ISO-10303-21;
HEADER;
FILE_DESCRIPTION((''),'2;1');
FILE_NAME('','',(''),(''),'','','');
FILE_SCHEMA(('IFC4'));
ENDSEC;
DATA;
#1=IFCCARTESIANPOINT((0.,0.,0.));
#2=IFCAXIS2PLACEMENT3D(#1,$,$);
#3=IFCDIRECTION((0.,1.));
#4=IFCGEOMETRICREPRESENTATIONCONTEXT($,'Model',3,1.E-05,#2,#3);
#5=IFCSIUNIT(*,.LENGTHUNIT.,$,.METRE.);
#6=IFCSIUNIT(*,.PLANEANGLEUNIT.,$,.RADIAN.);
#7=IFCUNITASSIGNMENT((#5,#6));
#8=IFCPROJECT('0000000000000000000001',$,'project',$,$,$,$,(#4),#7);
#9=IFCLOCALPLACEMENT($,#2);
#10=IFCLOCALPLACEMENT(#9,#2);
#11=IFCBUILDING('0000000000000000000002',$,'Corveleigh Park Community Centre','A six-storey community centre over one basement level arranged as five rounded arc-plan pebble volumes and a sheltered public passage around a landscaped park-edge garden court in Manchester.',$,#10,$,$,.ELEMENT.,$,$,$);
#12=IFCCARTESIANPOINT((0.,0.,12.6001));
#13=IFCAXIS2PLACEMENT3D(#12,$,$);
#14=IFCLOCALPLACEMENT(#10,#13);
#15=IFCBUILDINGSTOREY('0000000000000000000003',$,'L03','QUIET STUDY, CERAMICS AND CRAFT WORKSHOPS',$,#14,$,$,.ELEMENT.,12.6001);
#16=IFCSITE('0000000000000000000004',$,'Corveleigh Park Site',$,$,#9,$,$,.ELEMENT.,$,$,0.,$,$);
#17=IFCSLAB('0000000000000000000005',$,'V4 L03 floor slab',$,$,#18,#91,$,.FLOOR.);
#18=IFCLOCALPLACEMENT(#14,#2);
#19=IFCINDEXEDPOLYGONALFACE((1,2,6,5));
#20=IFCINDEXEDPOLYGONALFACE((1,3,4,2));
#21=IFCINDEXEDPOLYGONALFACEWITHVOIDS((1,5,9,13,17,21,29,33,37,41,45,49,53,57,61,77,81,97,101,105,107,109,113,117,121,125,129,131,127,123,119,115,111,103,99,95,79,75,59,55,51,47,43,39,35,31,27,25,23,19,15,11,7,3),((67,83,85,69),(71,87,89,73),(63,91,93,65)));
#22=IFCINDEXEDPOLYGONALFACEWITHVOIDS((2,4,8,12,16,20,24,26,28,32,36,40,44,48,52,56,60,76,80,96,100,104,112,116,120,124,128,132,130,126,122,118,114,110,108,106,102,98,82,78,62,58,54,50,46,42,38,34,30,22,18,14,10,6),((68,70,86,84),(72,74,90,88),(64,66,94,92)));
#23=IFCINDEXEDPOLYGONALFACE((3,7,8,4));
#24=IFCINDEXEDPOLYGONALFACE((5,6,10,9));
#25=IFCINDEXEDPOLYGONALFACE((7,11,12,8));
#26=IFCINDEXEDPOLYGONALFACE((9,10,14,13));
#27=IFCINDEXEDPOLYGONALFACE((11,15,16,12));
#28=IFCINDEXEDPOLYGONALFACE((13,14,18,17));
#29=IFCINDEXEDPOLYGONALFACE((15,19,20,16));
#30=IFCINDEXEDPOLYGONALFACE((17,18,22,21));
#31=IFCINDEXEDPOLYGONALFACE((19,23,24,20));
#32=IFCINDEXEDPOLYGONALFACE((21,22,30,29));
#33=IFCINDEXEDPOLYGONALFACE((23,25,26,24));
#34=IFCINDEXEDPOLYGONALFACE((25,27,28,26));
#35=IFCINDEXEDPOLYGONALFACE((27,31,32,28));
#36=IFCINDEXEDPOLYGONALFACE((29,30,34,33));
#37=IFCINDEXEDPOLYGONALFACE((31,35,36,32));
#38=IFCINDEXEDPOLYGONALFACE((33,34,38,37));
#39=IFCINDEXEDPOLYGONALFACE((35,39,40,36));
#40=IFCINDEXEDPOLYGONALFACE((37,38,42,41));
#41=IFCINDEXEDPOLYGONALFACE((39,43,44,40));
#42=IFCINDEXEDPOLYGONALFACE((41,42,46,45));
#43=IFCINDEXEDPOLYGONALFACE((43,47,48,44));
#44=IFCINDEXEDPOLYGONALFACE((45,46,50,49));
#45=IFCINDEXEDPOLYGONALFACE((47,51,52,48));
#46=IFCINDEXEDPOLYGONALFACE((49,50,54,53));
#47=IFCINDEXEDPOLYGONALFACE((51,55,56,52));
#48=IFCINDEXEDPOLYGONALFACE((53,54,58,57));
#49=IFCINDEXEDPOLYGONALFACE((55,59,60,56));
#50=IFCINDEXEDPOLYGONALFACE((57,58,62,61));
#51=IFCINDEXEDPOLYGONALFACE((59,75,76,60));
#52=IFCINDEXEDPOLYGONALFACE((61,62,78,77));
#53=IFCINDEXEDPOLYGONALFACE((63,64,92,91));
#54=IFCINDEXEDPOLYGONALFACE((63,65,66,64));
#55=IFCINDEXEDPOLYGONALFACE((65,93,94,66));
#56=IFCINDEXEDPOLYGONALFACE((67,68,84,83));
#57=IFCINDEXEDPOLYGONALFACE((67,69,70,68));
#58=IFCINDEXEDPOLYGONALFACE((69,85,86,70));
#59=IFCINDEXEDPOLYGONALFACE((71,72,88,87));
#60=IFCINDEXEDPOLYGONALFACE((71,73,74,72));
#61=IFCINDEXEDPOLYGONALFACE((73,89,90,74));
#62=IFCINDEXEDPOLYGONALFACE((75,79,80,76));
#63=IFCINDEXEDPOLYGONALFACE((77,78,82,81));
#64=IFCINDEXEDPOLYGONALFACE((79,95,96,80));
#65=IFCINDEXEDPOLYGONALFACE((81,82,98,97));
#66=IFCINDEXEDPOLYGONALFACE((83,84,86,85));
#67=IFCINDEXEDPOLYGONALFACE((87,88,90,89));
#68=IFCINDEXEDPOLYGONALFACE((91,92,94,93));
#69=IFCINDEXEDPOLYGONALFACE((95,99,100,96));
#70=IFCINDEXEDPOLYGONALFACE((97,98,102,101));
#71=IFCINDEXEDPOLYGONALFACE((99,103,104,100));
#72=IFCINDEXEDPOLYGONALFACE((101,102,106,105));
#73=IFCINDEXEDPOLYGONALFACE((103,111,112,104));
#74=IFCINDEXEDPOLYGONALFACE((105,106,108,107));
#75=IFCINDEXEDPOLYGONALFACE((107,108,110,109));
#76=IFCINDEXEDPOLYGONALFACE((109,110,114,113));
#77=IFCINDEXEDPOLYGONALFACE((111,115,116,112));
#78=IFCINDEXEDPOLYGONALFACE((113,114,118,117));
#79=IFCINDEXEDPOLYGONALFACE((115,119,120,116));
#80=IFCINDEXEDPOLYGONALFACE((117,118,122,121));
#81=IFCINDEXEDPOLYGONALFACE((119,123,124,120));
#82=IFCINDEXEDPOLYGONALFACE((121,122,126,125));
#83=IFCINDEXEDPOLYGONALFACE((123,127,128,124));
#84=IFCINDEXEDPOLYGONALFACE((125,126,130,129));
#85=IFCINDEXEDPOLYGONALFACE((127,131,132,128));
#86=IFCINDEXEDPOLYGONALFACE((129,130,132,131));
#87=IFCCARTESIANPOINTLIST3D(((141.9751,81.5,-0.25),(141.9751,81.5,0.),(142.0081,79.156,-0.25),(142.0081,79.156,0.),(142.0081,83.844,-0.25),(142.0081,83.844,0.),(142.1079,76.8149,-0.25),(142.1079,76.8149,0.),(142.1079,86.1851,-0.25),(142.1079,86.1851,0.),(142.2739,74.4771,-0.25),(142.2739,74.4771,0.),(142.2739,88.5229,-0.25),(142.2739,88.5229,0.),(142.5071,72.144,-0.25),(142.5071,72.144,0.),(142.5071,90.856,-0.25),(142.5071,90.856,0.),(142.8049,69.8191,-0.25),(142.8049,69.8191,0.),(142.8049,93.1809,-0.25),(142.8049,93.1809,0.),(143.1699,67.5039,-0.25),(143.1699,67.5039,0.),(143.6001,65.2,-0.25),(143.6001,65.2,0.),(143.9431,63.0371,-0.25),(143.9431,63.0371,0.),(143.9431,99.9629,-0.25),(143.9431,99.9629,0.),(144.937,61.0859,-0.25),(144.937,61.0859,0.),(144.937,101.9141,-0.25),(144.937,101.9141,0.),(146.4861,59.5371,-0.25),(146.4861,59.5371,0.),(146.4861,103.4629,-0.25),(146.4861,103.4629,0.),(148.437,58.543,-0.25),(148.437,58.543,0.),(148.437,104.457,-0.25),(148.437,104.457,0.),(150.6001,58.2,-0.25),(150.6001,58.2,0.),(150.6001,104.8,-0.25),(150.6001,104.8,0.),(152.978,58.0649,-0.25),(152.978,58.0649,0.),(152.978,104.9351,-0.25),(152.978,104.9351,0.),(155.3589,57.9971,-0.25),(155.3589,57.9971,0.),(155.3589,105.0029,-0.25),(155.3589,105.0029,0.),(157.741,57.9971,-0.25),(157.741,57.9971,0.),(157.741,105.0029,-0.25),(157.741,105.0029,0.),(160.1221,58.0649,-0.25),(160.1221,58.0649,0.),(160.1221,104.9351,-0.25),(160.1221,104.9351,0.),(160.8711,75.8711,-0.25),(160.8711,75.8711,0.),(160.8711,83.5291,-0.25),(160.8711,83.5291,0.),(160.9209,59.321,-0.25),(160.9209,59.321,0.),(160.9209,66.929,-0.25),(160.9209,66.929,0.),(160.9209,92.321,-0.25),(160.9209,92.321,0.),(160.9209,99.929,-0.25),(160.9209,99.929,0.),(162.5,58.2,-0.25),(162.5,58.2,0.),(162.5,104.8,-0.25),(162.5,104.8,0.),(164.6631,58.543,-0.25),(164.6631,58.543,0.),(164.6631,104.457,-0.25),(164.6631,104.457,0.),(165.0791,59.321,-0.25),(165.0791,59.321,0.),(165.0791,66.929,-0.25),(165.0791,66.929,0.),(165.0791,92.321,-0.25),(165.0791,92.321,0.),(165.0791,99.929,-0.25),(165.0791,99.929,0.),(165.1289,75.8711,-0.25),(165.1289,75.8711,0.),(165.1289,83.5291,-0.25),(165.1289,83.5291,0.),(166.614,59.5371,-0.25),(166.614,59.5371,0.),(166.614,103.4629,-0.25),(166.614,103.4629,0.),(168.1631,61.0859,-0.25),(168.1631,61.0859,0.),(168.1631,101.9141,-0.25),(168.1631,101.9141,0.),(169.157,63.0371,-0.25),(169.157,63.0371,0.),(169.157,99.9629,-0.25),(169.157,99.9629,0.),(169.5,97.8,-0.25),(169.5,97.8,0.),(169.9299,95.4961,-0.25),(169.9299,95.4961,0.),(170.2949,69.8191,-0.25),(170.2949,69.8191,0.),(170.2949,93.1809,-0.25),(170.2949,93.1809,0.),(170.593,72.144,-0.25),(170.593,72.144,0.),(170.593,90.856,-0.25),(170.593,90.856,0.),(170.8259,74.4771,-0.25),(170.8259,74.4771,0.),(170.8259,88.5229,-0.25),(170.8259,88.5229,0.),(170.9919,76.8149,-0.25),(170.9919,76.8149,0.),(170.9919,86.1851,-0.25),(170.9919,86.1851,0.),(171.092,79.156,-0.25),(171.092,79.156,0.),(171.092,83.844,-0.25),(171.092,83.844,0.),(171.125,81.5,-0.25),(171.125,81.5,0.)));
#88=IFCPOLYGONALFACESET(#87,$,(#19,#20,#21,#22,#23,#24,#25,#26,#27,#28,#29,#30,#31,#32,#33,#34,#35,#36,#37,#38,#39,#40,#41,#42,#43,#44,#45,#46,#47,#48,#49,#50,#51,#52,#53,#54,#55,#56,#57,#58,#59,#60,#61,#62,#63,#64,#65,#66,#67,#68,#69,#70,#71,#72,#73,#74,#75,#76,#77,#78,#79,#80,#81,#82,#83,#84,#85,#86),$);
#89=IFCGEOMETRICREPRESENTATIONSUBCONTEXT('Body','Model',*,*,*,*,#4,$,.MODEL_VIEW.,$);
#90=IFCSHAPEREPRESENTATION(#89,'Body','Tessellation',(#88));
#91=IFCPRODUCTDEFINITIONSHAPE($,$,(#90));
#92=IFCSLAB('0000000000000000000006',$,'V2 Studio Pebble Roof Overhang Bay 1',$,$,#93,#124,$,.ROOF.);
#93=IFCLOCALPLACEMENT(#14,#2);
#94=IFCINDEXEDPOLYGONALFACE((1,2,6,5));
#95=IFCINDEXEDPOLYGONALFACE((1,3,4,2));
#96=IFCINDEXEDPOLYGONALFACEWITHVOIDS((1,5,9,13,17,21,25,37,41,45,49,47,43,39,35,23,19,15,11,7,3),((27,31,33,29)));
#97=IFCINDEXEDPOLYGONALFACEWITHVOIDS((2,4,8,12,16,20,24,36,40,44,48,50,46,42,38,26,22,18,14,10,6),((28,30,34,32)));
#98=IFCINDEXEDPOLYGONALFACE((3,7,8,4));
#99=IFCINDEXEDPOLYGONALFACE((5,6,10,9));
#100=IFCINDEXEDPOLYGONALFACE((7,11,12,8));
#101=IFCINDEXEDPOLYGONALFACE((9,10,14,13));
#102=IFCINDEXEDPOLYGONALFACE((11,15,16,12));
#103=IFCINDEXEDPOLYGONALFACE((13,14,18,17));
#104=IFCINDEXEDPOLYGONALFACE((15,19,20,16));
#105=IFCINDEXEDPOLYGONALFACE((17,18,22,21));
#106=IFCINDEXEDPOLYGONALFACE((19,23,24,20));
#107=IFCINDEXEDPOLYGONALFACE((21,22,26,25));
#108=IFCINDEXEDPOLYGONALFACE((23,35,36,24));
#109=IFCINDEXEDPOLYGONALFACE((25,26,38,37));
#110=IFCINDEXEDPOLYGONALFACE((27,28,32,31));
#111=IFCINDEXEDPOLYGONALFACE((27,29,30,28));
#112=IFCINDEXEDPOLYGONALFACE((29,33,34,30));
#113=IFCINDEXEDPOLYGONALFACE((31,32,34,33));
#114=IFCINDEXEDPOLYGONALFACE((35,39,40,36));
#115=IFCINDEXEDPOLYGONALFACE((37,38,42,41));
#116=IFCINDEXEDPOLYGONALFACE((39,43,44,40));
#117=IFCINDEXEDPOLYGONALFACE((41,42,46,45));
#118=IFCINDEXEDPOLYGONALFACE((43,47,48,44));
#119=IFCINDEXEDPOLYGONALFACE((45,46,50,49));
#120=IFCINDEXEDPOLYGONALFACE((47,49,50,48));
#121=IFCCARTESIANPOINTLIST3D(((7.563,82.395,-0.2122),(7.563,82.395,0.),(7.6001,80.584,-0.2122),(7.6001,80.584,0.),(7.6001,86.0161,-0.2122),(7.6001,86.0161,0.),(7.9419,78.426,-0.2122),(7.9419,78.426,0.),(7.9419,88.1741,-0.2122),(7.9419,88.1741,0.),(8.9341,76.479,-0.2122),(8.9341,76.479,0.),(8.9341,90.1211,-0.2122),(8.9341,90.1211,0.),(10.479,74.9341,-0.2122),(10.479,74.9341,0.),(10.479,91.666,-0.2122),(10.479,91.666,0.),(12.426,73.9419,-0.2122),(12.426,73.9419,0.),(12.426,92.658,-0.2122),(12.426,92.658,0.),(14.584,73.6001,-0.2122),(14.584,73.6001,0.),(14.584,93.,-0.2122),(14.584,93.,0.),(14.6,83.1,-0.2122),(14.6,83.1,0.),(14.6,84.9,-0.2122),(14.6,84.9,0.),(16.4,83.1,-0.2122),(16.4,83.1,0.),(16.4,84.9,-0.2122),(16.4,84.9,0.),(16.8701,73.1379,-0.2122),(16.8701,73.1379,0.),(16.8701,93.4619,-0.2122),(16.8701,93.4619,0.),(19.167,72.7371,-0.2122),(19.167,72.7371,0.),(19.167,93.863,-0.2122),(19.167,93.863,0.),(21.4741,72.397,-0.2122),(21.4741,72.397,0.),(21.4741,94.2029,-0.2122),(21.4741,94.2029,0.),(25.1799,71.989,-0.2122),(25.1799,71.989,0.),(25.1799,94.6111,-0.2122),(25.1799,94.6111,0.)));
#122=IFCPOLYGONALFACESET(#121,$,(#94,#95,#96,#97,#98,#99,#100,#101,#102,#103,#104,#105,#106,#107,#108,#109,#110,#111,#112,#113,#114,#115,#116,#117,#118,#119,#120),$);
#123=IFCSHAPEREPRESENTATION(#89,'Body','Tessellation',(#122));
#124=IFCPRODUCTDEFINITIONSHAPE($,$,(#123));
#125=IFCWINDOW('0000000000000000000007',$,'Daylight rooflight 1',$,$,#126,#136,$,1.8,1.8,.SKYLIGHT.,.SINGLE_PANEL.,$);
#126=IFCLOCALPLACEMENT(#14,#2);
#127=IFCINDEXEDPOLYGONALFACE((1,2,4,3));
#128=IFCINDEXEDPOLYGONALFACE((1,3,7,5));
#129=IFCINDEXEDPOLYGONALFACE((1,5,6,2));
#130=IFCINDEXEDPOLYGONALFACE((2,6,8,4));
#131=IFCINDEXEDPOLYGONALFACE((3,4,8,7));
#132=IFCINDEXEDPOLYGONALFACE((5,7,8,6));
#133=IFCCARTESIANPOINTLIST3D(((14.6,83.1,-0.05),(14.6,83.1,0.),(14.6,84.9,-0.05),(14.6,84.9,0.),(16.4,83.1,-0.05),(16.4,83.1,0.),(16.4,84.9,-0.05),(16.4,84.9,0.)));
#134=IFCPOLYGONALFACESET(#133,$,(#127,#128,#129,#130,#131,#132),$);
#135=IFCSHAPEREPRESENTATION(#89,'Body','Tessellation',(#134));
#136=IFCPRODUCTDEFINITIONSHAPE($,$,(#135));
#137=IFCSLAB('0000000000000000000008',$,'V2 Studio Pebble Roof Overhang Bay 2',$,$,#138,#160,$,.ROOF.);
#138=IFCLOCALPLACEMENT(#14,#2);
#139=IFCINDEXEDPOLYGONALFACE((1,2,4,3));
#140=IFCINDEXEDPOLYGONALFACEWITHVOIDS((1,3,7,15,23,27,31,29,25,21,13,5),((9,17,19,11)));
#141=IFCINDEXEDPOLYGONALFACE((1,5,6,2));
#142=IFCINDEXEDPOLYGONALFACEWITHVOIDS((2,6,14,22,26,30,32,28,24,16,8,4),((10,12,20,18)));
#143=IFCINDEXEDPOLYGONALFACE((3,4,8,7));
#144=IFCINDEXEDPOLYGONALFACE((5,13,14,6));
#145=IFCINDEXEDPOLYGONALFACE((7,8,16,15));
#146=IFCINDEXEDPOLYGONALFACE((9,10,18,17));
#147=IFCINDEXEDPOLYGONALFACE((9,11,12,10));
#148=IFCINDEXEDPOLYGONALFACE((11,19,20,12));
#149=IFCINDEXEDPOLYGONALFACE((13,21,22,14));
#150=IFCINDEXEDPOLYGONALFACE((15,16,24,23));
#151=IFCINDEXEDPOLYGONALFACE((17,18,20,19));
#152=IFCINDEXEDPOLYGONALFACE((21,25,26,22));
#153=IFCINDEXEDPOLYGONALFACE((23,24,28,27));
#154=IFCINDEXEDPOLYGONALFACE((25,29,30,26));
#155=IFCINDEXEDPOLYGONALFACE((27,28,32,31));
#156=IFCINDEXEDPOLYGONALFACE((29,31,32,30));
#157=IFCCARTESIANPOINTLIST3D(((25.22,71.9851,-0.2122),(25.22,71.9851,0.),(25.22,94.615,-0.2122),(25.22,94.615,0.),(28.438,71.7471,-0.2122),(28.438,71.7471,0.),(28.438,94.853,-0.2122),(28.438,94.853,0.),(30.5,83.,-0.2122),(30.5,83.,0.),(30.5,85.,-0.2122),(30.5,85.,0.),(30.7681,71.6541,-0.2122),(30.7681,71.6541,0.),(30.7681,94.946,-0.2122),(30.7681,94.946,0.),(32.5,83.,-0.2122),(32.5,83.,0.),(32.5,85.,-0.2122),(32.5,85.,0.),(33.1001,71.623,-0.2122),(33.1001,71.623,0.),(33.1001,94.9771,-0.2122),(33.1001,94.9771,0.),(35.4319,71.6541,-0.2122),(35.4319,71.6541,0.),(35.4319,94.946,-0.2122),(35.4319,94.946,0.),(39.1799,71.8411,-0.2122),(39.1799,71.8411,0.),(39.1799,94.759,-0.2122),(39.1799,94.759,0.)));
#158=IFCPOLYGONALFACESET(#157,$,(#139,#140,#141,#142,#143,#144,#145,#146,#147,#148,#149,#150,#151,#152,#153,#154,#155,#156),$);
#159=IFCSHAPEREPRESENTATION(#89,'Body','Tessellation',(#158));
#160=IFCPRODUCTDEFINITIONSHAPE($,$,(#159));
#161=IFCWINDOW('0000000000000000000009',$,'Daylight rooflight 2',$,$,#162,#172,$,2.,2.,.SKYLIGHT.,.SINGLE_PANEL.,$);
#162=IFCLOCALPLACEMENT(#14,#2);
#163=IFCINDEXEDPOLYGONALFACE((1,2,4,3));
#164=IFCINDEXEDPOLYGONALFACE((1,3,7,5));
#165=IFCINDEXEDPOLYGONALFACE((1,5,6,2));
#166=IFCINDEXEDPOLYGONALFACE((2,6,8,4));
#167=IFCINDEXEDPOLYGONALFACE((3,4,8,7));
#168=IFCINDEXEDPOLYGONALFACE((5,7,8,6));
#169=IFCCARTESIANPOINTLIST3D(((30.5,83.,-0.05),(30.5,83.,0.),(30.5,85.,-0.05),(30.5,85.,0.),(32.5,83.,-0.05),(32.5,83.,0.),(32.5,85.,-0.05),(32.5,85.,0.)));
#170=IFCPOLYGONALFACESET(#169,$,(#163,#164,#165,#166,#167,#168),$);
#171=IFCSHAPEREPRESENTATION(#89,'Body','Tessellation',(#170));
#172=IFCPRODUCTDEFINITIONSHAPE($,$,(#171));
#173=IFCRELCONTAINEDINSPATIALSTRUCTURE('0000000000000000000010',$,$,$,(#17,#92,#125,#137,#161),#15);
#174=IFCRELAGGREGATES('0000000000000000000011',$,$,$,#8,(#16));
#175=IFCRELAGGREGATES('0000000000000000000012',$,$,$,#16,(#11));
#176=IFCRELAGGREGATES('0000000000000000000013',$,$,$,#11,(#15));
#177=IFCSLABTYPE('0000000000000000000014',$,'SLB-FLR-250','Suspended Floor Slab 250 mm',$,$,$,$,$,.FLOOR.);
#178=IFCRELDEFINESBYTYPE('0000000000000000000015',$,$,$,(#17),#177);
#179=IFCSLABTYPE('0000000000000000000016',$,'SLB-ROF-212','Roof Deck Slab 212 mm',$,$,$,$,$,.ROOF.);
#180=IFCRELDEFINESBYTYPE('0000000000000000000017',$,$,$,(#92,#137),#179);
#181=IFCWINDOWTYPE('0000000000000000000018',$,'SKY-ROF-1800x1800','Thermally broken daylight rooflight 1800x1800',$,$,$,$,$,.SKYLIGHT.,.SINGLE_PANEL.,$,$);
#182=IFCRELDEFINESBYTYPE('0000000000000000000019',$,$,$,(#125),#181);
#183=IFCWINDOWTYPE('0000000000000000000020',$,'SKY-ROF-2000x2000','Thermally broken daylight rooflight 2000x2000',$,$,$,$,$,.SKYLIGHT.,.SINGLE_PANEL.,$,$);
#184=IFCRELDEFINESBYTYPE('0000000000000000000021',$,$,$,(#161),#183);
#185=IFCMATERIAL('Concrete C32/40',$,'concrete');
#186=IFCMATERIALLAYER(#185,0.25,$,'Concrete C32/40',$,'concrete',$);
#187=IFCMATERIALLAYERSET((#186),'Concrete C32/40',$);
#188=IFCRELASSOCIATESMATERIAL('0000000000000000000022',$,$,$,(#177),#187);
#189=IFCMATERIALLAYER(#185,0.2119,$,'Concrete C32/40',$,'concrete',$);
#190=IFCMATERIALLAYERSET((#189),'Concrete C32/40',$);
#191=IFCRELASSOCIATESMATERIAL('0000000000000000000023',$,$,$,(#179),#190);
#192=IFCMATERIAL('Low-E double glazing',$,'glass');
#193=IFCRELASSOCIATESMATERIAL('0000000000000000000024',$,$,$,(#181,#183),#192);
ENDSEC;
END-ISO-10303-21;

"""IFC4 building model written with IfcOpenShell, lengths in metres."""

from ifc_helpers import new_model, si_unit, direction, frame, origin, origin_2d, place, context, subcontext, project, spatial, polyline, rectangle, outline, extrude, material, layer, layer_set, type_object, element, fill, save


model = new_model("IFC4")

# Units and contexts
model_context = context("Model", 3, precision=1e-05, world=origin(), true_north=direction((0.0, 1.0)))
body_context = subcontext(model_context, "Body", "Model", "MODEL_VIEW")
ifc_project = project(units=[si_unit("LENGTHUNIT", "METRE"), si_unit("PLANEANGLEUNIT", "RADIAN")], contexts=[model_context])

# Site, building, storey
site_placement = place(None, origin())
site = spatial("IfcSite", under=ifc_project, at=site_placement, Name="Corveleigh Park Site", CompositionType="ELEMENT", RefElevation=0.0)
building_placement = place(site_placement, origin())
building = spatial("IfcBuilding", under=site, at=building_placement, Name="Corveleigh Park Community Centre", Description="A six-storey community centre over one basement level arranged as five rounded arc-plan pebble volumes and a sheltered public passage around a landscaped park-edge garden court in Manchester.", CompositionType="ELEMENT")
storey_placement = place(building_placement, frame((0.0, 0.0, 12.6001)))
storey = spatial("IfcBuildingStorey", under=building, at=storey_placement, Name="L03", Description="QUIET STUDY, CERAMICS AND CRAFT WORKSHOPS", CompositionType="ELEMENT", Elevation=12.6001)

# Slab
ifc_material_1 = material(Name="Concrete C32/40", Category="concrete")
ifc_layer_1 = layer(ifc_material_1, 0.25, Name="Concrete C32/40", Category="concrete")
ifc_layer_set_1 = layer_set([ifc_layer_1], Name="Concrete C32/40")
slab_type_1 = type_object("IfcSlabType", Name="SLB-FLR-250", Description="Suspended Floor Slab 250 mm", PredefinedType="FLOOR", material=ifc_layer_set_1)
slab_1_placement = place(storey_placement, frame((0.0, 0.0, -0.25)))
element("IfcSlab", 1, at=slab_1_placement, inside=storey, type_object=slab_type_1, Name="V4 L03 floor slab", PredefinedType="FLOOR", context=body_context, shape_type="SweptSolid", body=[
    extrude(outline(polyline([(148.437, 58.543), (146.4861, 59.5371), (144.937, 61.0859), (143.9431, 63.0371), (143.6001, 65.2), (143.1699, 67.5039), (142.8049, 69.8191), (142.5071, 72.144), (142.2739, 74.4771), (142.1079, 76.8149), (142.0081, 79.156), (141.9751, 81.5), (142.0081, 83.844), (142.1079, 86.1851), (142.2739, 88.5229), (142.5071, 90.856), (142.8049, 93.1809), (143.9431, 99.9629), (144.937, 101.9141), (146.4861, 103.4629), (148.437, 104.457), (150.6001, 104.8), (152.978, 104.9351), (155.3589, 105.0029), (157.741, 105.0029), (160.1221, 104.9351), (162.5, 104.8), (164.6631, 104.457), (166.614, 103.4629), (168.1631, 101.9141), (169.157, 99.9629), (169.5, 97.8), (169.9299, 95.4961), (170.2949, 93.1809), (170.593, 90.856), (170.8259, 88.5229), (170.9919, 86.1851), (171.092, 83.844), (171.125, 81.5), (171.092, 79.156), (170.9919, 76.8149), (170.8259, 74.4771), (170.593, 72.144), (170.2949, 69.8191), (169.157, 63.0371), (168.1631, 61.0859), (166.614, 59.5371), (164.6631, 58.543), (162.5, 58.2), (160.1221, 58.0649), (157.741, 57.9971), (155.3589, 57.9971), (152.978, 58.0649), (150.6001, 58.2), (148.437, 58.543)]), holes=[polyline([(160.9209, 59.321), (165.0791, 59.321), (165.0791, 66.929), (160.9209, 66.929), (160.9209, 59.321)]), polyline([(160.8711, 83.5291), (160.8711, 75.8711), (165.1289, 75.8711), (165.1289, 83.5291), (160.8711, 83.5291)]), polyline([(160.9209, 99.929), (160.9209, 92.321), (165.0791, 92.321), (165.0791, 99.929), (160.9209, 99.929)])]), origin(), (0.0, 0.0, 1.0), 0.25),
])

# Slabs, openings, windows
ifc_layer_2 = layer(ifc_material_1, 0.2119, Name="Concrete C32/40", Category="concrete")
ifc_layer_set_2 = layer_set([ifc_layer_2], Name="Concrete C32/40")
slab_type_2 = type_object("IfcSlabType", Name="SLB-ROF-212", Description="Roof Deck Slab 212 mm", PredefinedType="ROOF", material=ifc_layer_set_2)
slab_2_placement = place(storey_placement, frame((0.0, 0.0, -0.2122)))
slab_2 = element("IfcSlab", 2, at=slab_2_placement, inside=storey, type_object=slab_type_2, Name="V2 Studio Pebble Roof Overhang Bay 1", PredefinedType="ROOF", context=body_context, shape_type="SweptSolid", body=[
    extrude(outline(polyline([(25.1799, 71.989), (21.4741, 72.397), (19.167, 72.7371), (16.8701, 73.1379), (14.584, 73.6001), (12.426, 73.9419), (10.479, 74.9341), (8.9341, 76.479), (7.9419, 78.426), (7.6001, 80.584), (7.563, 82.395), (7.6001, 86.0161), (7.9419, 88.1741), (8.9341, 90.1211), (10.479, 91.666), (12.426, 92.658), (14.584, 93.0), (16.8701, 93.4619), (19.167, 93.863), (21.4741, 94.2029), (25.1799, 94.6111), (25.1799, 71.989)])), origin(), (0.0, 0.0, 1.0), 0.2122),
])
opening_1_placement = place(slab_2_placement, frame((15.5, 84.0, -0.01)))
opening_1 = element("IfcOpeningElement", 3, at=opening_1_placement, cuts=slab_2, PredefinedType="OPENING", context=body_context, shape_type="SweptSolid", body=[
    extrude(rectangle(XDim=1.8, YDim=1.8, at=origin_2d()), origin(), (0.0, 0.0, 1.0), 0.2322),
])
ifc_material_2 = material(Name="Low-E double glazing", Category="glass")
window_type_1 = type_object("IfcWindowType", Name="SKY-ROF-1800x1800", Description="Thermally broken daylight rooflight 1800x1800", PartitioningType="SINGLE_PANEL", PredefinedType="SKYLIGHT", material=ifc_material_2)
window_1_placement = place(opening_1_placement, frame((0.0, 0.0, 0.1721)))
window_1 = element("IfcWindow", 4, at=window_1_placement, inside=storey, type_object=window_type_1, Name="Daylight rooflight 1", OverallHeight=1.8, OverallWidth=1.8, PartitioningType="SINGLE_PANEL", PredefinedType="SKYLIGHT", context=body_context, shape_type="SweptSolid", body=[
    extrude(rectangle(XDim=1.8, YDim=1.8, at=origin_2d()), origin(), (0.0, 0.0, 1.0), 0.05),
])
fill(opening_1, window_1)
slab_3_placement = place(storey_placement, frame((0.0, 0.0, -0.2122)))
slab_3 = element("IfcSlab", 5, at=slab_3_placement, inside=storey, type_object=slab_type_2, Name="V2 Studio Pebble Roof Overhang Bay 2", PredefinedType="ROOF", context=body_context, shape_type="SweptSolid", body=[
    extrude(outline(polyline([(39.1799, 71.8411), (35.4319, 71.6541), (33.1001, 71.623), (30.7681, 71.6541), (28.438, 71.7471), (25.22, 71.9851), (25.22, 94.615), (28.438, 94.853), (30.7681, 94.946), (33.1001, 94.9771), (35.4319, 94.946), (39.1799, 94.759), (39.1799, 71.8411)])), origin(), (0.0, 0.0, 1.0), 0.2122),
])
opening_2_placement = place(slab_3_placement, frame((31.5, 84.0, -0.01)))
opening_2 = element("IfcOpeningElement", 6, at=opening_2_placement, cuts=slab_3, PredefinedType="OPENING", context=body_context, shape_type="SweptSolid", body=[
    extrude(rectangle(XDim=2.0, YDim=2.0, at=origin_2d()), origin(), (0.0, 0.0, 1.0), 0.2322),
])
window_type_2 = type_object("IfcWindowType", Name="SKY-ROF-2000x2000", Description="Thermally broken daylight rooflight 2000x2000", PartitioningType="SINGLE_PANEL", PredefinedType="SKYLIGHT", material=ifc_material_2)
window_2_placement = place(opening_2_placement, frame((0.0, 0.0, 0.1721)))
window_2 = element("IfcWindow", 7, at=window_2_placement, inside=storey, type_object=window_type_2, Name="Daylight rooflight 2", OverallHeight=2.0, OverallWidth=2.0, PartitioningType="SINGLE_PANEL", PredefinedType="SKYLIGHT", context=body_context, shape_type="SweptSolid", body=[
    extrude(rectangle(XDim=2.0, YDim=2.0, at=origin_2d()), origin(), (0.0, 0.0, 1.0), 0.05),
])
fill(opening_2, window_2)

save(model, "model.ifc")
